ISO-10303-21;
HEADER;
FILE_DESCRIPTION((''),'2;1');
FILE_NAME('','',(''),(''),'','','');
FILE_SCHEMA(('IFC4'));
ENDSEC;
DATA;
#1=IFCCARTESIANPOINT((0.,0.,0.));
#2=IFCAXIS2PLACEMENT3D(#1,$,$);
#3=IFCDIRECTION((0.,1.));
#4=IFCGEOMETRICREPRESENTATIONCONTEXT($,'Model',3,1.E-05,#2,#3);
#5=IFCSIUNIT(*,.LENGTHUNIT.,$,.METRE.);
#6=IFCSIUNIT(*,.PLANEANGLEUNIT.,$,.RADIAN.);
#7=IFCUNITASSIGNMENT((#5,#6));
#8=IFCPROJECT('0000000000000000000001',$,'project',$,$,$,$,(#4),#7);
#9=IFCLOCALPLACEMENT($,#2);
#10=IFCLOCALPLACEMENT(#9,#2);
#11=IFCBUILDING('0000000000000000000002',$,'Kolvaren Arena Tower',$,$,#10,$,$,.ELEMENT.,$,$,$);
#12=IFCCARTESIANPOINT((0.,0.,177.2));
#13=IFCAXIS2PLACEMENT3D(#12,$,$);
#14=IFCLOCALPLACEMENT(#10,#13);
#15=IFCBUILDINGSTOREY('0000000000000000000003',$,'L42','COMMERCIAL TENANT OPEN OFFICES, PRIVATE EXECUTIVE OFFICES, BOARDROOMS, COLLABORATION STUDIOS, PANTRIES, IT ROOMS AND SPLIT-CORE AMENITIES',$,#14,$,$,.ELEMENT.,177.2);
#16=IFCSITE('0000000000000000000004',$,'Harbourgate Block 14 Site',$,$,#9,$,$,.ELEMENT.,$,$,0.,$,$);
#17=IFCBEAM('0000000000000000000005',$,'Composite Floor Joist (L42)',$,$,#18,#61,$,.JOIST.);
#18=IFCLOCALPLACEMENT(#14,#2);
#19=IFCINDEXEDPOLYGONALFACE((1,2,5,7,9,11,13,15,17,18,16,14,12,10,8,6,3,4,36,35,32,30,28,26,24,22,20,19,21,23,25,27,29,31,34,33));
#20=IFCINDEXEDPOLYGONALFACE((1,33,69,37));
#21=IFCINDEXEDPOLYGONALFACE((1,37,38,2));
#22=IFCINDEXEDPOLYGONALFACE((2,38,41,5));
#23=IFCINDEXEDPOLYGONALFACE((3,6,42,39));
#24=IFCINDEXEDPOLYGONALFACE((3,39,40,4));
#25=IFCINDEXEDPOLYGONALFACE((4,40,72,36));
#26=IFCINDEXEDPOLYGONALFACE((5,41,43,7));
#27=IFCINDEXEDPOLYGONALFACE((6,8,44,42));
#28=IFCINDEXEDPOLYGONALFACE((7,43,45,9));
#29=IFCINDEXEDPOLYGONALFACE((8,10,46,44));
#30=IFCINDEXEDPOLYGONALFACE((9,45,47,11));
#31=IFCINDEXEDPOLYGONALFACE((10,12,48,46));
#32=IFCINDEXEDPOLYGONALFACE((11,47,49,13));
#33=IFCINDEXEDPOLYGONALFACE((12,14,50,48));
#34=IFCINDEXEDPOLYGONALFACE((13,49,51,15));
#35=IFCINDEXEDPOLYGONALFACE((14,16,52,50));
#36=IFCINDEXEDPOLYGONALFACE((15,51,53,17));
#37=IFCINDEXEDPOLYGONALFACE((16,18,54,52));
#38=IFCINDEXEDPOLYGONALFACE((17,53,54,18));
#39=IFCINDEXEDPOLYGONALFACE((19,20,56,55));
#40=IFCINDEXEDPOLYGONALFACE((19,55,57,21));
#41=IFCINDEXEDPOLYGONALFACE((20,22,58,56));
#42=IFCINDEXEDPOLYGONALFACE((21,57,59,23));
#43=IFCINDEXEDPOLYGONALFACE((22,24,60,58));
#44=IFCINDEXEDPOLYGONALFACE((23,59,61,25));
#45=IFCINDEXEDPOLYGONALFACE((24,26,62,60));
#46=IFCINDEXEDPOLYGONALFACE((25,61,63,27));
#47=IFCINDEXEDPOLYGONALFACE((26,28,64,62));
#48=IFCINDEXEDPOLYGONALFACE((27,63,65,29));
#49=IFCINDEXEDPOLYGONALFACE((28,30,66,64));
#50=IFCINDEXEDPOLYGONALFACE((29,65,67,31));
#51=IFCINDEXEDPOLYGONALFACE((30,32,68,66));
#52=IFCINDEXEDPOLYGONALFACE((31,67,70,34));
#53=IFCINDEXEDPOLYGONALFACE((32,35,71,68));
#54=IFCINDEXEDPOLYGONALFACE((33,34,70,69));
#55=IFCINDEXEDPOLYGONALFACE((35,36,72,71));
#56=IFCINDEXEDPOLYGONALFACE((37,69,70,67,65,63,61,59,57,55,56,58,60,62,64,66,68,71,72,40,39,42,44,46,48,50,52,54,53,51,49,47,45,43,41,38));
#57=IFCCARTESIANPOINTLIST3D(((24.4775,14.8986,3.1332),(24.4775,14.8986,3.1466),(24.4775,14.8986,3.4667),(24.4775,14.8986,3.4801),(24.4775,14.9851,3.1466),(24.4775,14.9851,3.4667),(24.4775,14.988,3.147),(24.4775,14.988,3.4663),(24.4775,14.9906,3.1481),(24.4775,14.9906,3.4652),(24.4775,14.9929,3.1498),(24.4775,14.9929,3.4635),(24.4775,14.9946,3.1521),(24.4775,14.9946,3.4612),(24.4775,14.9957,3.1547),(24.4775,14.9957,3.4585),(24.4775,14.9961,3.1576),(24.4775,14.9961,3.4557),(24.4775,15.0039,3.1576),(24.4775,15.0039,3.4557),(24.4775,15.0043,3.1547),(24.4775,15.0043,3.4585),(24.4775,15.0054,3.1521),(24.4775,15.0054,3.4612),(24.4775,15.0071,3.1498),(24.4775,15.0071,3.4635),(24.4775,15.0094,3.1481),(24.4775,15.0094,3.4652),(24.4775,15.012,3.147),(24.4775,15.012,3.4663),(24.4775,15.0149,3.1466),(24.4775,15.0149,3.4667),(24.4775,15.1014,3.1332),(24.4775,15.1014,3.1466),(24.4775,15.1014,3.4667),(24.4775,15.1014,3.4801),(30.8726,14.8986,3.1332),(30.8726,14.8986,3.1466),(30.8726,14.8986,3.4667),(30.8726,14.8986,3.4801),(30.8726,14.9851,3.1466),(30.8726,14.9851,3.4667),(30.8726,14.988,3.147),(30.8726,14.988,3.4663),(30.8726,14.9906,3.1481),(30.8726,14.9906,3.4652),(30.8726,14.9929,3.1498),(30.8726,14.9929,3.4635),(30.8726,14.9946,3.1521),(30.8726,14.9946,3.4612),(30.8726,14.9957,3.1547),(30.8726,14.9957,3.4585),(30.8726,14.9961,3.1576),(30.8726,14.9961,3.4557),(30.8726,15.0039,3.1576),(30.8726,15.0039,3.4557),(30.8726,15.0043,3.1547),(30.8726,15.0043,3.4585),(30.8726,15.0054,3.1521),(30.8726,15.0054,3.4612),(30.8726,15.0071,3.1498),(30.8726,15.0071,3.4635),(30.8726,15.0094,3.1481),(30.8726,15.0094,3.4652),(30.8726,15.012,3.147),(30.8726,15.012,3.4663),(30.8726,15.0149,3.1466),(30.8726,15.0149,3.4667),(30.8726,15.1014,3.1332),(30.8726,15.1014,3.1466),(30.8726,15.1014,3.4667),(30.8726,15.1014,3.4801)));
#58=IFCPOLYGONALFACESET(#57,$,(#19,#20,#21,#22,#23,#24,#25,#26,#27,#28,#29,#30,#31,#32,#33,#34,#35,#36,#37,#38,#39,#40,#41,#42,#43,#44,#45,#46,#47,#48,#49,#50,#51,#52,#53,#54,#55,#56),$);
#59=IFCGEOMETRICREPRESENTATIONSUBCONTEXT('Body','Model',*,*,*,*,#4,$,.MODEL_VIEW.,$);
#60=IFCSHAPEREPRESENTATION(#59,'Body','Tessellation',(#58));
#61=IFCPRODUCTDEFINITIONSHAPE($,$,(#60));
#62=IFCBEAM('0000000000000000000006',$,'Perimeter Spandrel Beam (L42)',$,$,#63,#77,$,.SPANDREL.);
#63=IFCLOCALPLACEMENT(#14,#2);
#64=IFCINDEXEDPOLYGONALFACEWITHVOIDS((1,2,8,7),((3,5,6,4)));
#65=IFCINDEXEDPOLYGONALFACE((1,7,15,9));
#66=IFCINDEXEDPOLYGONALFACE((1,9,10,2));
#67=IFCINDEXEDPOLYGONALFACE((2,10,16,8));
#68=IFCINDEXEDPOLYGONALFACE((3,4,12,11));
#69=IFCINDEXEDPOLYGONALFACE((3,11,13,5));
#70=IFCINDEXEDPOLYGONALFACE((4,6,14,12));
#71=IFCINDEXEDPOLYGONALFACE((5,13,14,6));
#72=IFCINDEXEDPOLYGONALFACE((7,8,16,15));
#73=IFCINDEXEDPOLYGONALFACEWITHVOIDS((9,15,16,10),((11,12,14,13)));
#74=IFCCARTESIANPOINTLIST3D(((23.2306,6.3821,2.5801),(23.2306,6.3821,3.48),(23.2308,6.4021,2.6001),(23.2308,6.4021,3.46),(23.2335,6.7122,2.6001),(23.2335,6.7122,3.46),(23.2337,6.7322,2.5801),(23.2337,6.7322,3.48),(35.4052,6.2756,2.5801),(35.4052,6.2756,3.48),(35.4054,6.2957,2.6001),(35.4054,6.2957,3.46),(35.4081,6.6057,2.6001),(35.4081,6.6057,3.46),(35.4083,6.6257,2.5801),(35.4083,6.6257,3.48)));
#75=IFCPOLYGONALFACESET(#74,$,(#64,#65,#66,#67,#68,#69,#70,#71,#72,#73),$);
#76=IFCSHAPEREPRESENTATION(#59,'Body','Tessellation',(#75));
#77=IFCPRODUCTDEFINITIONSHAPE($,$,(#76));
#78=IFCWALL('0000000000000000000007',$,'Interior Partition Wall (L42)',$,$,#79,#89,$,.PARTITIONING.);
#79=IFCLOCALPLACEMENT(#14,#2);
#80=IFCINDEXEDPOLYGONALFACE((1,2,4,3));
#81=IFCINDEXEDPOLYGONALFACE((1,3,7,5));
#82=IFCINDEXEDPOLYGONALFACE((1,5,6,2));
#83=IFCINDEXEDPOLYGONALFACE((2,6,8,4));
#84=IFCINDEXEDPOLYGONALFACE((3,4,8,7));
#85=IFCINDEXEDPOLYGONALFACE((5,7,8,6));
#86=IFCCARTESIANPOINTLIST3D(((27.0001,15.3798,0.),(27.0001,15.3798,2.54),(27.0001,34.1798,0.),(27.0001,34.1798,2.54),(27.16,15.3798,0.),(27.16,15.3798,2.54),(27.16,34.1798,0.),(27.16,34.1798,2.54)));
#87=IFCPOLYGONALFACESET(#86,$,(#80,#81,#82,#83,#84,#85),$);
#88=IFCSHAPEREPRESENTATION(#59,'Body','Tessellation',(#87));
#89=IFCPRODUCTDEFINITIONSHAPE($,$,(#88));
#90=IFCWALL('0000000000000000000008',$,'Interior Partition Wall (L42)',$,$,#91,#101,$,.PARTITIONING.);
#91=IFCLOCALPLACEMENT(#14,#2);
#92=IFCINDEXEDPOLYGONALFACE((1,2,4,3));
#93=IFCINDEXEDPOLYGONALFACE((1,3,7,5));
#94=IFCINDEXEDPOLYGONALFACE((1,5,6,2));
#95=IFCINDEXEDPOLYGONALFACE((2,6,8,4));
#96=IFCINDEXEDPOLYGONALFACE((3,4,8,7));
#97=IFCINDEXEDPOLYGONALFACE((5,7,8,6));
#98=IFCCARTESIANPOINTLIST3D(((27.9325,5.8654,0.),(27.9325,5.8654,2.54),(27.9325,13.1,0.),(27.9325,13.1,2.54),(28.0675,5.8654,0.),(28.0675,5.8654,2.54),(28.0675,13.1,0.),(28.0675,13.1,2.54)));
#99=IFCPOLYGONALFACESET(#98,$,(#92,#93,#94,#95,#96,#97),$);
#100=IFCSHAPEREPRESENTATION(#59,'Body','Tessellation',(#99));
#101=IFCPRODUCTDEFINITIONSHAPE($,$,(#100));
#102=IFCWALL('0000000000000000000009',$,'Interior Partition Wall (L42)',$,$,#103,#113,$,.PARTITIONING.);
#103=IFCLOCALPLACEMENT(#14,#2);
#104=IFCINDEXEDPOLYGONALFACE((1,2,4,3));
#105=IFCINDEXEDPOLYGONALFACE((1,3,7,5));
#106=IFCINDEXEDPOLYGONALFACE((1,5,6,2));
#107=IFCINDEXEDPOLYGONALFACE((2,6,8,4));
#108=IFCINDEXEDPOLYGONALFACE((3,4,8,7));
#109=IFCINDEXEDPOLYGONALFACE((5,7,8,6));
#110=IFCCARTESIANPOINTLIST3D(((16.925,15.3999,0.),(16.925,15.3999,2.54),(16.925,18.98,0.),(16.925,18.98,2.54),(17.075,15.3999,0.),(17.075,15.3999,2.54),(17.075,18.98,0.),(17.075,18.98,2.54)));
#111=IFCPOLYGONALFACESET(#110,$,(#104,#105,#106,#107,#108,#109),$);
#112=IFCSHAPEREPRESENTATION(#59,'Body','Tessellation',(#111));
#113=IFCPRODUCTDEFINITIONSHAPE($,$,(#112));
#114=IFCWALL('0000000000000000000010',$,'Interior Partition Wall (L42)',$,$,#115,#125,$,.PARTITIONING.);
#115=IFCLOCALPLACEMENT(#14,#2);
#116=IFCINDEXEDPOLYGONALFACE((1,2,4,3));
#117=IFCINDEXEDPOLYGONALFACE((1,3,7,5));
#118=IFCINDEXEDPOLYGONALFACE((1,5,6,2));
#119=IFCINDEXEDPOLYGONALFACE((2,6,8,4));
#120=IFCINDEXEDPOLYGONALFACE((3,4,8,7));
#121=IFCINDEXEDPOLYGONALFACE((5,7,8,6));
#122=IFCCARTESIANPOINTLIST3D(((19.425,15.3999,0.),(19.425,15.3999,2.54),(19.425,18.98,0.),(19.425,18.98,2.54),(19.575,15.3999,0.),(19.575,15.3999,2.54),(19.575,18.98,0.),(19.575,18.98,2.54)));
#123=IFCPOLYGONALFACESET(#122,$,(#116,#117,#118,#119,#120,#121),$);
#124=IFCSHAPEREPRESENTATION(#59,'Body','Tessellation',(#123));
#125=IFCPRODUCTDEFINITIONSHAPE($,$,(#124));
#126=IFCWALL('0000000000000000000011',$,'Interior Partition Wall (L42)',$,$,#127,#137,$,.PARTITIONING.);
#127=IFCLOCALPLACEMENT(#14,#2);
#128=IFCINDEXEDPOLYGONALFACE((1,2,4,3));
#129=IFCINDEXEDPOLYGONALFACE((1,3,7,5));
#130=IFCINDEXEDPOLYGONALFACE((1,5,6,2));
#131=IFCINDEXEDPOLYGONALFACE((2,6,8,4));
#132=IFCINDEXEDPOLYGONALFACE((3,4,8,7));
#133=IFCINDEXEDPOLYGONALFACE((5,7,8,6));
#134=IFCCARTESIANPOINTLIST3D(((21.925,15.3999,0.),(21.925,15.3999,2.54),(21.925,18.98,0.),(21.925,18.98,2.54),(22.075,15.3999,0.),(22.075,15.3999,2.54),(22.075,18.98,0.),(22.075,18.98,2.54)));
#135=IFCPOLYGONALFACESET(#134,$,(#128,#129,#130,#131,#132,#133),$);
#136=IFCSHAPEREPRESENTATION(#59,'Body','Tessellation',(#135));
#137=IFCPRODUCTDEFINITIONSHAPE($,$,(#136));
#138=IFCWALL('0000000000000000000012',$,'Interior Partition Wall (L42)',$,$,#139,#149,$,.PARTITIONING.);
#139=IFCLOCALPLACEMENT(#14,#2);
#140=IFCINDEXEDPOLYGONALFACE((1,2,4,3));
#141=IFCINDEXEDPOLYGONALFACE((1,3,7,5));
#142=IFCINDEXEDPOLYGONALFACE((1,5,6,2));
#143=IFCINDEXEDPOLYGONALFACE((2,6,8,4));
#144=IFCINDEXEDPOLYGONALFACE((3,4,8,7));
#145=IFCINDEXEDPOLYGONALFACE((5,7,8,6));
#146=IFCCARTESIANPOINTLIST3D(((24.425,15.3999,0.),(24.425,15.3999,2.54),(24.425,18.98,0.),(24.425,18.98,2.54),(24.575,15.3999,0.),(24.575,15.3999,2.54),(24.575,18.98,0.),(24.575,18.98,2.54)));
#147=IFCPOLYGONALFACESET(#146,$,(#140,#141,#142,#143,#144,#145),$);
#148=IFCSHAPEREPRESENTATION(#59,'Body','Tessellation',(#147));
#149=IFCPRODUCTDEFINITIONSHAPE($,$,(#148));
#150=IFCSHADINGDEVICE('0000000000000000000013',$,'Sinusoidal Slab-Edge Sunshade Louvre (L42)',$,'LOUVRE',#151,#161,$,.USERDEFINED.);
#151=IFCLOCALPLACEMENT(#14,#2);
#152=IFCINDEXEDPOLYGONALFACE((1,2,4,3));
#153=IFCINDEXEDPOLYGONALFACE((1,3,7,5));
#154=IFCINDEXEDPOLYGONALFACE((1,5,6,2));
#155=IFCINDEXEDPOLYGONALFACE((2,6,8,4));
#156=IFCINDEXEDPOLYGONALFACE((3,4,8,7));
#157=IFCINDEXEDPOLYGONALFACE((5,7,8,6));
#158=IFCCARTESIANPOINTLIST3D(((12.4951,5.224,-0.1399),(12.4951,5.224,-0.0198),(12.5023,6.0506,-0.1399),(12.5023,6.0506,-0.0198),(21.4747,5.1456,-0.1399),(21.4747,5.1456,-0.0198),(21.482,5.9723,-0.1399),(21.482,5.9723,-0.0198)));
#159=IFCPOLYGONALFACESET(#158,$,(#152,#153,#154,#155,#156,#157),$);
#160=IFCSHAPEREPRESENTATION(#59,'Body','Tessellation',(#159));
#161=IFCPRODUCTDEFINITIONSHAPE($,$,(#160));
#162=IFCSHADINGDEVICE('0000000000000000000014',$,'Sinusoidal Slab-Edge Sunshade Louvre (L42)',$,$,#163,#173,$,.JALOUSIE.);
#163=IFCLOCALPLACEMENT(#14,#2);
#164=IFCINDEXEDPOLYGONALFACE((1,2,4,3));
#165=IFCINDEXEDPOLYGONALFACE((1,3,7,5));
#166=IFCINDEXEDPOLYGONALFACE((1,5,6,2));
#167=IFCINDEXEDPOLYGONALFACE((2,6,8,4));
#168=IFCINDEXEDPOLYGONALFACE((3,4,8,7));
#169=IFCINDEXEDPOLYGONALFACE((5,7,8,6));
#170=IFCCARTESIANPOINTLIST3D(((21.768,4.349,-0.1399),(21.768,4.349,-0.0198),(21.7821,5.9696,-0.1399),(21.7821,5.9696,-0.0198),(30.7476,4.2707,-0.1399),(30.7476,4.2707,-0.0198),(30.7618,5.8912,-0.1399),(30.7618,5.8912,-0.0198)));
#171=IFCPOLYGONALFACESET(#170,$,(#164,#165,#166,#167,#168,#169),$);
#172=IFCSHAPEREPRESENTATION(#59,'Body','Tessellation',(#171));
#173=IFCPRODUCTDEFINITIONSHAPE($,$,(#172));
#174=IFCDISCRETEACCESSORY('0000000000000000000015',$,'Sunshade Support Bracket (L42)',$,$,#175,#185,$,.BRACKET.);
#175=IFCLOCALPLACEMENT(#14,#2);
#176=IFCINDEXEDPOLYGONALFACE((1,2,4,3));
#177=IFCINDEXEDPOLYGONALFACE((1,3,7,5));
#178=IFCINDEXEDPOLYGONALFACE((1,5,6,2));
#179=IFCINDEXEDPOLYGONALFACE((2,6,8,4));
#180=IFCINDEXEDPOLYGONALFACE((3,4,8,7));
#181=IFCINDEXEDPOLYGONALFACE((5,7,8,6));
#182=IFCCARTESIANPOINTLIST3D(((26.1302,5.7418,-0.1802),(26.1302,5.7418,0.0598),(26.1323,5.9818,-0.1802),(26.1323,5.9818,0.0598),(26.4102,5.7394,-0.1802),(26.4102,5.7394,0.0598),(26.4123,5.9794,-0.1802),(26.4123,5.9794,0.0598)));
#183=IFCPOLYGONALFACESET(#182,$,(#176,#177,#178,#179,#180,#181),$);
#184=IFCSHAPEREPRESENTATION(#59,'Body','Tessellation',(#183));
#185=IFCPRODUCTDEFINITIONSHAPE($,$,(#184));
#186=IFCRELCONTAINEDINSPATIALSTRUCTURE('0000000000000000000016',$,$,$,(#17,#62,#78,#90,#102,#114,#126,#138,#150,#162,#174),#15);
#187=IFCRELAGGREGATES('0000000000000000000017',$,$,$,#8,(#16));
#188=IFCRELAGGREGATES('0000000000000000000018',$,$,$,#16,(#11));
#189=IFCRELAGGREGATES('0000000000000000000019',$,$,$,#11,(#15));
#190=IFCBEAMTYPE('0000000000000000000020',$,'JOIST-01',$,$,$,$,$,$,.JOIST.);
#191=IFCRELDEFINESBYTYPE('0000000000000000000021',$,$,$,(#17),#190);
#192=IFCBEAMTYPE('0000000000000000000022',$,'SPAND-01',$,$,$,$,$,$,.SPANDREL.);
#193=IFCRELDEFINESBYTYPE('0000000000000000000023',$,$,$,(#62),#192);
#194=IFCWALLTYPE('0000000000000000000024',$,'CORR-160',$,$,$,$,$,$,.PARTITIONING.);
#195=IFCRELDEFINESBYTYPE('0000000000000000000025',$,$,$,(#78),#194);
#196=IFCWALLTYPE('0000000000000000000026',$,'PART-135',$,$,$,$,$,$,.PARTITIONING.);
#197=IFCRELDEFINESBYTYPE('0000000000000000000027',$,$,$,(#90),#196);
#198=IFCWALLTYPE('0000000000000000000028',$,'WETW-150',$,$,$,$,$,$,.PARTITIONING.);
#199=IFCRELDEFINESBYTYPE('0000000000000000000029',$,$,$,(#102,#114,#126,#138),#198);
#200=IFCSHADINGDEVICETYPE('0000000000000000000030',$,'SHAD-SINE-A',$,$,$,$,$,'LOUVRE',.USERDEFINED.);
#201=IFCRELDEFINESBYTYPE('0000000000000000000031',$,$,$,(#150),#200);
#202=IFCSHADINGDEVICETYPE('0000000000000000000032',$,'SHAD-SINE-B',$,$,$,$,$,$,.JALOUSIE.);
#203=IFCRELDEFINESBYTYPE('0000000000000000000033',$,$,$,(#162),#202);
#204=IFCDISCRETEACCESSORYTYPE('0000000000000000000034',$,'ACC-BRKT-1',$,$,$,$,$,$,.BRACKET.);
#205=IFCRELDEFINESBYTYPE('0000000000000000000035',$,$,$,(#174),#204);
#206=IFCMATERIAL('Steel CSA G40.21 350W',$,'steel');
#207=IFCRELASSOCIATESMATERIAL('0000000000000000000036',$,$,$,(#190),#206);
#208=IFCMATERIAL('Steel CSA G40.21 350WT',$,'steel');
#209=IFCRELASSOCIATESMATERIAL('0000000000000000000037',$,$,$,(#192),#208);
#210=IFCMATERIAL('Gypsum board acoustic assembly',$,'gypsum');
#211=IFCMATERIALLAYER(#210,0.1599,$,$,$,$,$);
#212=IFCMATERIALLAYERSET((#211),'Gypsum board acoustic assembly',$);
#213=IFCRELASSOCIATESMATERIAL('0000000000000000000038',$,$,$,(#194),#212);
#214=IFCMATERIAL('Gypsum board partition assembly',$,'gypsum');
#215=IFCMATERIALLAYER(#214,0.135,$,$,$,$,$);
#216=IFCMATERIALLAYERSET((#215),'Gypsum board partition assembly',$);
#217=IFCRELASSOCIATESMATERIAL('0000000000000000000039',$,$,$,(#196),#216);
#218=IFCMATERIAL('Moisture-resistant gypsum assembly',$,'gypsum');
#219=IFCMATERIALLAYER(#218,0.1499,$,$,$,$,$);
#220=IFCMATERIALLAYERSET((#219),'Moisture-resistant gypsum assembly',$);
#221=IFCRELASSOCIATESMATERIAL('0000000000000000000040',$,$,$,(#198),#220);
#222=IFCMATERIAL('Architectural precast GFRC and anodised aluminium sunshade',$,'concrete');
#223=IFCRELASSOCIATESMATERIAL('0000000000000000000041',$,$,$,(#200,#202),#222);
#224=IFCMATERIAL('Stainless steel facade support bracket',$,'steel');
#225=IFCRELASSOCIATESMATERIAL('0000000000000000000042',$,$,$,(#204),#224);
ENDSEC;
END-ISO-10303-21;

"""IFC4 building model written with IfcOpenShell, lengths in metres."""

from ifc_helpers import new_model, si_unit, direction, frame, frame_2d, origin, origin_2d, place, context, subcontext, project, spatial, rectangle, hollow_rectangle, i_section, extrude, material, layer, layer_set, material_profile, profile_set, type_object, element, save


model = new_model("IFC4")

# Units and contexts
model_context = context("Model", 3, precision=1e-05, world=origin(), true_north=direction((0.0, 1.0)))
body_context = subcontext(model_context, "Body", "Model", "MODEL_VIEW")
ifc_project = project(units=[si_unit("LENGTHUNIT", "METRE"), si_unit("PLANEANGLEUNIT", "RADIAN")], contexts=[model_context])

# Site, building, storey
site_placement = place(None, origin())
site = spatial("IfcSite", under=ifc_project, at=site_placement, Name="Harbourgate Block 14 Site", CompositionType="ELEMENT", RefElevation=0.0)
building_placement = place(site_placement, origin())
building = spatial("IfcBuilding", under=site, at=building_placement, Name="Kolvaren Arena Tower", CompositionType="ELEMENT")
storey_placement = place(building_placement, frame((0.0, 0.0, 177.2)))
storey = spatial("IfcBuildingStorey", under=building, at=storey_placement, Name="L42", Description="COMMERCIAL TENANT OPEN OFFICES, PRIVATE EXECUTIVE OFFICES, BOARDROOMS, COLLABORATION STUDIOS, PANTRIES, IT ROOMS AND SPLIT-CORE AMENITIES", CompositionType="ELEMENT", Elevation=177.2)

# Beams
ifc_material_1 = material(Name="Steel CSA G40.21 350W", Category="steel")
ifc_material_profile_1 = material_profile(ifc_material_1, i_section(OverallWidth=0.2029, OverallDepth=0.3469, WebThickness=0.0078, FlangeThickness=0.0134, FilletRadius=0.011, at=origin_2d()), Name="W360x64")
ifc_profile_set_1 = profile_set([ifc_material_profile_1], Name="Steel CSA G40.21 350W")
beam_type_1 = type_object("IfcBeamType", Name="JOIST-01", PredefinedType="JOIST", material=ifc_profile_set_1)
beam_1_placement = place(storey_placement, frame((24.4775, 15.0, 3.3066), z_axis=(1.0, 0.0, 0.0), x_axis=(0.0, 1.0, 0.0)))
element("IfcBeam", 1, at=beam_1_placement, inside=storey, type_object=beam_type_1, Name="Composite Floor Joist (L42)", PredefinedType="JOIST", context=body_context, shape_type="SweptSolid", body=[
    extrude(i_section(OverallWidth=0.2029, OverallDepth=0.3469, WebThickness=0.0078, FlangeThickness=0.0134, FilletRadius=0.011, at=origin_2d()), origin(), (0.0, 0.0, 1.0), 6.395),
])
ifc_material_2 = material(Name="Steel CSA G40.21 350WT", Category="steel")
ifc_material_profile_2 = material_profile(ifc_material_2, hollow_rectangle(XDim=0.3501, YDim=0.8999, WallThickness=0.02, at=origin_2d()), Name="HSS 900x350x20")
ifc_profile_set_2 = profile_set([ifc_material_profile_2], Name="Steel CSA G40.21 350WT")
beam_type_2 = type_object("IfcBeamType", Name="SPAND-01", PredefinedType="SPANDREL", material=ifc_profile_set_2)
beam_2_placement = place(storey_placement, frame((23.2322, 6.5571, 3.03), z_axis=(0.999962, -0.008743, 0.0), x_axis=(0.008743, 0.999962, 0.0)))
element("IfcBeam", 2, at=beam_2_placement, inside=storey, type_object=beam_type_2, Name="Perimeter Spandrel Beam (L42)", PredefinedType="SPANDREL", context=body_context, shape_type="SweptSolid", body=[
    extrude(hollow_rectangle(XDim=0.3501, YDim=0.8999, WallThickness=0.02, at=origin_2d()), origin(), (0.0, 0.0, 1.0), 12.175),
])

# Shared definitions
ifc_material_3 = material(Name="Gypsum board acoustic assembly", Category="gypsum")
ifc_layer_1 = layer(ifc_material_3, 0.1599)
ifc_layer_set_1 = layer_set([ifc_layer_1], Name="Gypsum board acoustic assembly")
wall_type_1 = type_object("IfcWallType", Name="CORR-160", PredefinedType="PARTITIONING", material=ifc_layer_set_1)

# Walls
wall_1_placement = place(storey_placement, frame((27.0801, 15.3799, 0.0), z_axis=(0.0, 0.0, 1.0), x_axis=(0.0, 1.0, 0.0)))
element("IfcWall", 3, at=wall_1_placement, inside=storey, type_object=wall_type_1, Name="Interior Partition Wall (L42)", PredefinedType="PARTITIONING", context=body_context, shape_type="SweptSolid", body=[
    extrude(rectangle(XDim=18.8, YDim=0.1599, at=frame_2d((9.3999, 0.0))), origin(), (0.0, 0.0, 1.0), 2.54),
])
ifc_material_4 = material(Name="Gypsum board partition assembly", Category="gypsum")
ifc_layer_2 = layer(ifc_material_4, 0.135)
ifc_layer_set_2 = layer_set([ifc_layer_2], Name="Gypsum board partition assembly")
wall_type_2 = type_object("IfcWallType", Name="PART-135", PredefinedType="PARTITIONING", material=ifc_layer_set_2)
wall_2_placement = place(storey_placement, frame((28.0, 5.8655, 0.0), z_axis=(0.0, 0.0, 1.0), x_axis=(0.0, 1.0, 0.0)))
element("IfcWall", 4, at=wall_2_placement, inside=storey, type_object=wall_type_2, Name="Interior Partition Wall (L42)", PredefinedType="PARTITIONING", context=body_context, shape_type="SweptSolid", body=[
    extrude(rectangle(XDim=7.2346, YDim=0.135, at=frame_2d((3.6172, 0.0))), origin(), (0.0, 0.0, 1.0), 2.54),
])
ifc_material_5 = material(Name="Moisture-resistant gypsum assembly", Category="gypsum")
ifc_layer_3 = layer(ifc_material_5, 0.1499)
ifc_layer_set_3 = layer_set([ifc_layer_3], Name="Moisture-resistant gypsum assembly")
wall_type_3 = type_object("IfcWallType", Name="WETW-150", PredefinedType="PARTITIONING", material=ifc_layer_set_3)
for number, where, z_axis, x_axis, name in (
    (5, (17.0, 15.3999, 0.0), (0.0, 0.0, 1.0), (0.0, 1.0, 0.0), "Interior Partition Wall (L42)"),
    (6, (19.5, 15.3999, 0.0), (0.0, 0.0, 1.0), (0.0, 1.0, 0.0), "Interior Partition Wall (L42)"),
    (7, (22.0, 15.3999, 0.0), (0.0, 0.0, 1.0), (0.0, 1.0, 0.0), "Interior Partition Wall (L42)"),
    (8, (24.5, 15.3999, 0.0), (0.0, 0.0, 1.0), (0.0, 1.0, 0.0), "Interior Partition Wall (L42)"),
):
    element("IfcWall", number, at=place(storey_placement, frame(where, z_axis=z_axis, x_axis=x_axis)), inside=storey, type_object=wall_type_3, Name=name, PredefinedType="PARTITIONING", context=body_context, shape_type="SweptSolid", body=[
        extrude(rectangle(XDim=3.5801, YDim=0.1499, at=frame_2d((1.79, 0.0))), origin(), (0.0, 0.0, 1.0), 2.54),
    ])

# Shading devices
ifc_material_6 = material(Name="Architectural precast GFRC and anodised aluminium sunshade", Category="concrete")
shading_device_type_1 = type_object("IfcShadingDeviceType", Name="SHAD-SINE-A", ElementType="LOUVRE", PredefinedType="USERDEFINED", material=ifc_material_6)
shading_device_1_placement = place(storey_placement, frame((16.9885, 5.5981, -0.1399), z_axis=(0.0, 0.0, 1.0), x_axis=(-0.999962, 0.008727, 0.0)))
element("IfcShadingDevice", 9, at=shading_device_1_placement, inside=storey, type_object=shading_device_type_1, Name="Sinusoidal Slab-Edge Sunshade Louvre (L42)", ObjectType="LOUVRE", PredefinedType="USERDEFINED", context=body_context, shape_type="SweptSolid", body=[
    extrude(rectangle(XDim=8.98, YDim=0.8267, at=origin_2d()), origin(), (0.0, 0.0, 1.0), 0.1201),
])
shading_device_type_2 = type_object("IfcShadingDeviceType", Name="SHAD-SINE-B", PredefinedType="JALOUSIE", material=ifc_material_6)
shading_device_2_placement = place(storey_placement, frame((26.2649, 5.1201, -0.1399), z_axis=(0.0, 0.0, 1.0), x_axis=(-0.999962, 0.008727, 0.0)))
element("IfcShadingDevice", 10, at=shading_device_2_placement, inside=storey, type_object=shading_device_type_2, Name="Sinusoidal Slab-Edge Sunshade Louvre (L42)", PredefinedType="JALOUSIE", context=body_context, shape_type="SweptSolid", body=[
    extrude(rectangle(XDim=8.98, YDim=1.6206, at=origin_2d()), origin(), (0.0, 0.0, 1.0), 0.1201),
])

# Discrete accessory
ifc_material_7 = material(Name="Stainless steel facade support bracket", Category="steel")
discrete_accessory_type = type_object("IfcDiscreteAccessoryType", Name="ACC-BRKT-1", PredefinedType="BRACKET", material=ifc_material_7)
for number, where, z_axis, x_axis, name in (
    (11, (26.2712, 5.8606, -0.1802), (0.0, 0.0, 1.0), (-0.999962, 0.008727, 0.0), "Sunshade Support Bracket (L42)"),
):
    element("IfcDiscreteAccessory", number, at=place(storey_placement, frame(where, z_axis=z_axis, x_axis=x_axis)), inside=storey, type_object=discrete_accessory_type, Name=name, PredefinedType="BRACKET", context=body_context, shape_type="SweptSolid", body=[
        extrude(rectangle(XDim=0.28, YDim=0.24, at=origin_2d()), origin(), (0.0, 0.0, 1.0), 0.24),
    ])

save(model, "model.ifc")
